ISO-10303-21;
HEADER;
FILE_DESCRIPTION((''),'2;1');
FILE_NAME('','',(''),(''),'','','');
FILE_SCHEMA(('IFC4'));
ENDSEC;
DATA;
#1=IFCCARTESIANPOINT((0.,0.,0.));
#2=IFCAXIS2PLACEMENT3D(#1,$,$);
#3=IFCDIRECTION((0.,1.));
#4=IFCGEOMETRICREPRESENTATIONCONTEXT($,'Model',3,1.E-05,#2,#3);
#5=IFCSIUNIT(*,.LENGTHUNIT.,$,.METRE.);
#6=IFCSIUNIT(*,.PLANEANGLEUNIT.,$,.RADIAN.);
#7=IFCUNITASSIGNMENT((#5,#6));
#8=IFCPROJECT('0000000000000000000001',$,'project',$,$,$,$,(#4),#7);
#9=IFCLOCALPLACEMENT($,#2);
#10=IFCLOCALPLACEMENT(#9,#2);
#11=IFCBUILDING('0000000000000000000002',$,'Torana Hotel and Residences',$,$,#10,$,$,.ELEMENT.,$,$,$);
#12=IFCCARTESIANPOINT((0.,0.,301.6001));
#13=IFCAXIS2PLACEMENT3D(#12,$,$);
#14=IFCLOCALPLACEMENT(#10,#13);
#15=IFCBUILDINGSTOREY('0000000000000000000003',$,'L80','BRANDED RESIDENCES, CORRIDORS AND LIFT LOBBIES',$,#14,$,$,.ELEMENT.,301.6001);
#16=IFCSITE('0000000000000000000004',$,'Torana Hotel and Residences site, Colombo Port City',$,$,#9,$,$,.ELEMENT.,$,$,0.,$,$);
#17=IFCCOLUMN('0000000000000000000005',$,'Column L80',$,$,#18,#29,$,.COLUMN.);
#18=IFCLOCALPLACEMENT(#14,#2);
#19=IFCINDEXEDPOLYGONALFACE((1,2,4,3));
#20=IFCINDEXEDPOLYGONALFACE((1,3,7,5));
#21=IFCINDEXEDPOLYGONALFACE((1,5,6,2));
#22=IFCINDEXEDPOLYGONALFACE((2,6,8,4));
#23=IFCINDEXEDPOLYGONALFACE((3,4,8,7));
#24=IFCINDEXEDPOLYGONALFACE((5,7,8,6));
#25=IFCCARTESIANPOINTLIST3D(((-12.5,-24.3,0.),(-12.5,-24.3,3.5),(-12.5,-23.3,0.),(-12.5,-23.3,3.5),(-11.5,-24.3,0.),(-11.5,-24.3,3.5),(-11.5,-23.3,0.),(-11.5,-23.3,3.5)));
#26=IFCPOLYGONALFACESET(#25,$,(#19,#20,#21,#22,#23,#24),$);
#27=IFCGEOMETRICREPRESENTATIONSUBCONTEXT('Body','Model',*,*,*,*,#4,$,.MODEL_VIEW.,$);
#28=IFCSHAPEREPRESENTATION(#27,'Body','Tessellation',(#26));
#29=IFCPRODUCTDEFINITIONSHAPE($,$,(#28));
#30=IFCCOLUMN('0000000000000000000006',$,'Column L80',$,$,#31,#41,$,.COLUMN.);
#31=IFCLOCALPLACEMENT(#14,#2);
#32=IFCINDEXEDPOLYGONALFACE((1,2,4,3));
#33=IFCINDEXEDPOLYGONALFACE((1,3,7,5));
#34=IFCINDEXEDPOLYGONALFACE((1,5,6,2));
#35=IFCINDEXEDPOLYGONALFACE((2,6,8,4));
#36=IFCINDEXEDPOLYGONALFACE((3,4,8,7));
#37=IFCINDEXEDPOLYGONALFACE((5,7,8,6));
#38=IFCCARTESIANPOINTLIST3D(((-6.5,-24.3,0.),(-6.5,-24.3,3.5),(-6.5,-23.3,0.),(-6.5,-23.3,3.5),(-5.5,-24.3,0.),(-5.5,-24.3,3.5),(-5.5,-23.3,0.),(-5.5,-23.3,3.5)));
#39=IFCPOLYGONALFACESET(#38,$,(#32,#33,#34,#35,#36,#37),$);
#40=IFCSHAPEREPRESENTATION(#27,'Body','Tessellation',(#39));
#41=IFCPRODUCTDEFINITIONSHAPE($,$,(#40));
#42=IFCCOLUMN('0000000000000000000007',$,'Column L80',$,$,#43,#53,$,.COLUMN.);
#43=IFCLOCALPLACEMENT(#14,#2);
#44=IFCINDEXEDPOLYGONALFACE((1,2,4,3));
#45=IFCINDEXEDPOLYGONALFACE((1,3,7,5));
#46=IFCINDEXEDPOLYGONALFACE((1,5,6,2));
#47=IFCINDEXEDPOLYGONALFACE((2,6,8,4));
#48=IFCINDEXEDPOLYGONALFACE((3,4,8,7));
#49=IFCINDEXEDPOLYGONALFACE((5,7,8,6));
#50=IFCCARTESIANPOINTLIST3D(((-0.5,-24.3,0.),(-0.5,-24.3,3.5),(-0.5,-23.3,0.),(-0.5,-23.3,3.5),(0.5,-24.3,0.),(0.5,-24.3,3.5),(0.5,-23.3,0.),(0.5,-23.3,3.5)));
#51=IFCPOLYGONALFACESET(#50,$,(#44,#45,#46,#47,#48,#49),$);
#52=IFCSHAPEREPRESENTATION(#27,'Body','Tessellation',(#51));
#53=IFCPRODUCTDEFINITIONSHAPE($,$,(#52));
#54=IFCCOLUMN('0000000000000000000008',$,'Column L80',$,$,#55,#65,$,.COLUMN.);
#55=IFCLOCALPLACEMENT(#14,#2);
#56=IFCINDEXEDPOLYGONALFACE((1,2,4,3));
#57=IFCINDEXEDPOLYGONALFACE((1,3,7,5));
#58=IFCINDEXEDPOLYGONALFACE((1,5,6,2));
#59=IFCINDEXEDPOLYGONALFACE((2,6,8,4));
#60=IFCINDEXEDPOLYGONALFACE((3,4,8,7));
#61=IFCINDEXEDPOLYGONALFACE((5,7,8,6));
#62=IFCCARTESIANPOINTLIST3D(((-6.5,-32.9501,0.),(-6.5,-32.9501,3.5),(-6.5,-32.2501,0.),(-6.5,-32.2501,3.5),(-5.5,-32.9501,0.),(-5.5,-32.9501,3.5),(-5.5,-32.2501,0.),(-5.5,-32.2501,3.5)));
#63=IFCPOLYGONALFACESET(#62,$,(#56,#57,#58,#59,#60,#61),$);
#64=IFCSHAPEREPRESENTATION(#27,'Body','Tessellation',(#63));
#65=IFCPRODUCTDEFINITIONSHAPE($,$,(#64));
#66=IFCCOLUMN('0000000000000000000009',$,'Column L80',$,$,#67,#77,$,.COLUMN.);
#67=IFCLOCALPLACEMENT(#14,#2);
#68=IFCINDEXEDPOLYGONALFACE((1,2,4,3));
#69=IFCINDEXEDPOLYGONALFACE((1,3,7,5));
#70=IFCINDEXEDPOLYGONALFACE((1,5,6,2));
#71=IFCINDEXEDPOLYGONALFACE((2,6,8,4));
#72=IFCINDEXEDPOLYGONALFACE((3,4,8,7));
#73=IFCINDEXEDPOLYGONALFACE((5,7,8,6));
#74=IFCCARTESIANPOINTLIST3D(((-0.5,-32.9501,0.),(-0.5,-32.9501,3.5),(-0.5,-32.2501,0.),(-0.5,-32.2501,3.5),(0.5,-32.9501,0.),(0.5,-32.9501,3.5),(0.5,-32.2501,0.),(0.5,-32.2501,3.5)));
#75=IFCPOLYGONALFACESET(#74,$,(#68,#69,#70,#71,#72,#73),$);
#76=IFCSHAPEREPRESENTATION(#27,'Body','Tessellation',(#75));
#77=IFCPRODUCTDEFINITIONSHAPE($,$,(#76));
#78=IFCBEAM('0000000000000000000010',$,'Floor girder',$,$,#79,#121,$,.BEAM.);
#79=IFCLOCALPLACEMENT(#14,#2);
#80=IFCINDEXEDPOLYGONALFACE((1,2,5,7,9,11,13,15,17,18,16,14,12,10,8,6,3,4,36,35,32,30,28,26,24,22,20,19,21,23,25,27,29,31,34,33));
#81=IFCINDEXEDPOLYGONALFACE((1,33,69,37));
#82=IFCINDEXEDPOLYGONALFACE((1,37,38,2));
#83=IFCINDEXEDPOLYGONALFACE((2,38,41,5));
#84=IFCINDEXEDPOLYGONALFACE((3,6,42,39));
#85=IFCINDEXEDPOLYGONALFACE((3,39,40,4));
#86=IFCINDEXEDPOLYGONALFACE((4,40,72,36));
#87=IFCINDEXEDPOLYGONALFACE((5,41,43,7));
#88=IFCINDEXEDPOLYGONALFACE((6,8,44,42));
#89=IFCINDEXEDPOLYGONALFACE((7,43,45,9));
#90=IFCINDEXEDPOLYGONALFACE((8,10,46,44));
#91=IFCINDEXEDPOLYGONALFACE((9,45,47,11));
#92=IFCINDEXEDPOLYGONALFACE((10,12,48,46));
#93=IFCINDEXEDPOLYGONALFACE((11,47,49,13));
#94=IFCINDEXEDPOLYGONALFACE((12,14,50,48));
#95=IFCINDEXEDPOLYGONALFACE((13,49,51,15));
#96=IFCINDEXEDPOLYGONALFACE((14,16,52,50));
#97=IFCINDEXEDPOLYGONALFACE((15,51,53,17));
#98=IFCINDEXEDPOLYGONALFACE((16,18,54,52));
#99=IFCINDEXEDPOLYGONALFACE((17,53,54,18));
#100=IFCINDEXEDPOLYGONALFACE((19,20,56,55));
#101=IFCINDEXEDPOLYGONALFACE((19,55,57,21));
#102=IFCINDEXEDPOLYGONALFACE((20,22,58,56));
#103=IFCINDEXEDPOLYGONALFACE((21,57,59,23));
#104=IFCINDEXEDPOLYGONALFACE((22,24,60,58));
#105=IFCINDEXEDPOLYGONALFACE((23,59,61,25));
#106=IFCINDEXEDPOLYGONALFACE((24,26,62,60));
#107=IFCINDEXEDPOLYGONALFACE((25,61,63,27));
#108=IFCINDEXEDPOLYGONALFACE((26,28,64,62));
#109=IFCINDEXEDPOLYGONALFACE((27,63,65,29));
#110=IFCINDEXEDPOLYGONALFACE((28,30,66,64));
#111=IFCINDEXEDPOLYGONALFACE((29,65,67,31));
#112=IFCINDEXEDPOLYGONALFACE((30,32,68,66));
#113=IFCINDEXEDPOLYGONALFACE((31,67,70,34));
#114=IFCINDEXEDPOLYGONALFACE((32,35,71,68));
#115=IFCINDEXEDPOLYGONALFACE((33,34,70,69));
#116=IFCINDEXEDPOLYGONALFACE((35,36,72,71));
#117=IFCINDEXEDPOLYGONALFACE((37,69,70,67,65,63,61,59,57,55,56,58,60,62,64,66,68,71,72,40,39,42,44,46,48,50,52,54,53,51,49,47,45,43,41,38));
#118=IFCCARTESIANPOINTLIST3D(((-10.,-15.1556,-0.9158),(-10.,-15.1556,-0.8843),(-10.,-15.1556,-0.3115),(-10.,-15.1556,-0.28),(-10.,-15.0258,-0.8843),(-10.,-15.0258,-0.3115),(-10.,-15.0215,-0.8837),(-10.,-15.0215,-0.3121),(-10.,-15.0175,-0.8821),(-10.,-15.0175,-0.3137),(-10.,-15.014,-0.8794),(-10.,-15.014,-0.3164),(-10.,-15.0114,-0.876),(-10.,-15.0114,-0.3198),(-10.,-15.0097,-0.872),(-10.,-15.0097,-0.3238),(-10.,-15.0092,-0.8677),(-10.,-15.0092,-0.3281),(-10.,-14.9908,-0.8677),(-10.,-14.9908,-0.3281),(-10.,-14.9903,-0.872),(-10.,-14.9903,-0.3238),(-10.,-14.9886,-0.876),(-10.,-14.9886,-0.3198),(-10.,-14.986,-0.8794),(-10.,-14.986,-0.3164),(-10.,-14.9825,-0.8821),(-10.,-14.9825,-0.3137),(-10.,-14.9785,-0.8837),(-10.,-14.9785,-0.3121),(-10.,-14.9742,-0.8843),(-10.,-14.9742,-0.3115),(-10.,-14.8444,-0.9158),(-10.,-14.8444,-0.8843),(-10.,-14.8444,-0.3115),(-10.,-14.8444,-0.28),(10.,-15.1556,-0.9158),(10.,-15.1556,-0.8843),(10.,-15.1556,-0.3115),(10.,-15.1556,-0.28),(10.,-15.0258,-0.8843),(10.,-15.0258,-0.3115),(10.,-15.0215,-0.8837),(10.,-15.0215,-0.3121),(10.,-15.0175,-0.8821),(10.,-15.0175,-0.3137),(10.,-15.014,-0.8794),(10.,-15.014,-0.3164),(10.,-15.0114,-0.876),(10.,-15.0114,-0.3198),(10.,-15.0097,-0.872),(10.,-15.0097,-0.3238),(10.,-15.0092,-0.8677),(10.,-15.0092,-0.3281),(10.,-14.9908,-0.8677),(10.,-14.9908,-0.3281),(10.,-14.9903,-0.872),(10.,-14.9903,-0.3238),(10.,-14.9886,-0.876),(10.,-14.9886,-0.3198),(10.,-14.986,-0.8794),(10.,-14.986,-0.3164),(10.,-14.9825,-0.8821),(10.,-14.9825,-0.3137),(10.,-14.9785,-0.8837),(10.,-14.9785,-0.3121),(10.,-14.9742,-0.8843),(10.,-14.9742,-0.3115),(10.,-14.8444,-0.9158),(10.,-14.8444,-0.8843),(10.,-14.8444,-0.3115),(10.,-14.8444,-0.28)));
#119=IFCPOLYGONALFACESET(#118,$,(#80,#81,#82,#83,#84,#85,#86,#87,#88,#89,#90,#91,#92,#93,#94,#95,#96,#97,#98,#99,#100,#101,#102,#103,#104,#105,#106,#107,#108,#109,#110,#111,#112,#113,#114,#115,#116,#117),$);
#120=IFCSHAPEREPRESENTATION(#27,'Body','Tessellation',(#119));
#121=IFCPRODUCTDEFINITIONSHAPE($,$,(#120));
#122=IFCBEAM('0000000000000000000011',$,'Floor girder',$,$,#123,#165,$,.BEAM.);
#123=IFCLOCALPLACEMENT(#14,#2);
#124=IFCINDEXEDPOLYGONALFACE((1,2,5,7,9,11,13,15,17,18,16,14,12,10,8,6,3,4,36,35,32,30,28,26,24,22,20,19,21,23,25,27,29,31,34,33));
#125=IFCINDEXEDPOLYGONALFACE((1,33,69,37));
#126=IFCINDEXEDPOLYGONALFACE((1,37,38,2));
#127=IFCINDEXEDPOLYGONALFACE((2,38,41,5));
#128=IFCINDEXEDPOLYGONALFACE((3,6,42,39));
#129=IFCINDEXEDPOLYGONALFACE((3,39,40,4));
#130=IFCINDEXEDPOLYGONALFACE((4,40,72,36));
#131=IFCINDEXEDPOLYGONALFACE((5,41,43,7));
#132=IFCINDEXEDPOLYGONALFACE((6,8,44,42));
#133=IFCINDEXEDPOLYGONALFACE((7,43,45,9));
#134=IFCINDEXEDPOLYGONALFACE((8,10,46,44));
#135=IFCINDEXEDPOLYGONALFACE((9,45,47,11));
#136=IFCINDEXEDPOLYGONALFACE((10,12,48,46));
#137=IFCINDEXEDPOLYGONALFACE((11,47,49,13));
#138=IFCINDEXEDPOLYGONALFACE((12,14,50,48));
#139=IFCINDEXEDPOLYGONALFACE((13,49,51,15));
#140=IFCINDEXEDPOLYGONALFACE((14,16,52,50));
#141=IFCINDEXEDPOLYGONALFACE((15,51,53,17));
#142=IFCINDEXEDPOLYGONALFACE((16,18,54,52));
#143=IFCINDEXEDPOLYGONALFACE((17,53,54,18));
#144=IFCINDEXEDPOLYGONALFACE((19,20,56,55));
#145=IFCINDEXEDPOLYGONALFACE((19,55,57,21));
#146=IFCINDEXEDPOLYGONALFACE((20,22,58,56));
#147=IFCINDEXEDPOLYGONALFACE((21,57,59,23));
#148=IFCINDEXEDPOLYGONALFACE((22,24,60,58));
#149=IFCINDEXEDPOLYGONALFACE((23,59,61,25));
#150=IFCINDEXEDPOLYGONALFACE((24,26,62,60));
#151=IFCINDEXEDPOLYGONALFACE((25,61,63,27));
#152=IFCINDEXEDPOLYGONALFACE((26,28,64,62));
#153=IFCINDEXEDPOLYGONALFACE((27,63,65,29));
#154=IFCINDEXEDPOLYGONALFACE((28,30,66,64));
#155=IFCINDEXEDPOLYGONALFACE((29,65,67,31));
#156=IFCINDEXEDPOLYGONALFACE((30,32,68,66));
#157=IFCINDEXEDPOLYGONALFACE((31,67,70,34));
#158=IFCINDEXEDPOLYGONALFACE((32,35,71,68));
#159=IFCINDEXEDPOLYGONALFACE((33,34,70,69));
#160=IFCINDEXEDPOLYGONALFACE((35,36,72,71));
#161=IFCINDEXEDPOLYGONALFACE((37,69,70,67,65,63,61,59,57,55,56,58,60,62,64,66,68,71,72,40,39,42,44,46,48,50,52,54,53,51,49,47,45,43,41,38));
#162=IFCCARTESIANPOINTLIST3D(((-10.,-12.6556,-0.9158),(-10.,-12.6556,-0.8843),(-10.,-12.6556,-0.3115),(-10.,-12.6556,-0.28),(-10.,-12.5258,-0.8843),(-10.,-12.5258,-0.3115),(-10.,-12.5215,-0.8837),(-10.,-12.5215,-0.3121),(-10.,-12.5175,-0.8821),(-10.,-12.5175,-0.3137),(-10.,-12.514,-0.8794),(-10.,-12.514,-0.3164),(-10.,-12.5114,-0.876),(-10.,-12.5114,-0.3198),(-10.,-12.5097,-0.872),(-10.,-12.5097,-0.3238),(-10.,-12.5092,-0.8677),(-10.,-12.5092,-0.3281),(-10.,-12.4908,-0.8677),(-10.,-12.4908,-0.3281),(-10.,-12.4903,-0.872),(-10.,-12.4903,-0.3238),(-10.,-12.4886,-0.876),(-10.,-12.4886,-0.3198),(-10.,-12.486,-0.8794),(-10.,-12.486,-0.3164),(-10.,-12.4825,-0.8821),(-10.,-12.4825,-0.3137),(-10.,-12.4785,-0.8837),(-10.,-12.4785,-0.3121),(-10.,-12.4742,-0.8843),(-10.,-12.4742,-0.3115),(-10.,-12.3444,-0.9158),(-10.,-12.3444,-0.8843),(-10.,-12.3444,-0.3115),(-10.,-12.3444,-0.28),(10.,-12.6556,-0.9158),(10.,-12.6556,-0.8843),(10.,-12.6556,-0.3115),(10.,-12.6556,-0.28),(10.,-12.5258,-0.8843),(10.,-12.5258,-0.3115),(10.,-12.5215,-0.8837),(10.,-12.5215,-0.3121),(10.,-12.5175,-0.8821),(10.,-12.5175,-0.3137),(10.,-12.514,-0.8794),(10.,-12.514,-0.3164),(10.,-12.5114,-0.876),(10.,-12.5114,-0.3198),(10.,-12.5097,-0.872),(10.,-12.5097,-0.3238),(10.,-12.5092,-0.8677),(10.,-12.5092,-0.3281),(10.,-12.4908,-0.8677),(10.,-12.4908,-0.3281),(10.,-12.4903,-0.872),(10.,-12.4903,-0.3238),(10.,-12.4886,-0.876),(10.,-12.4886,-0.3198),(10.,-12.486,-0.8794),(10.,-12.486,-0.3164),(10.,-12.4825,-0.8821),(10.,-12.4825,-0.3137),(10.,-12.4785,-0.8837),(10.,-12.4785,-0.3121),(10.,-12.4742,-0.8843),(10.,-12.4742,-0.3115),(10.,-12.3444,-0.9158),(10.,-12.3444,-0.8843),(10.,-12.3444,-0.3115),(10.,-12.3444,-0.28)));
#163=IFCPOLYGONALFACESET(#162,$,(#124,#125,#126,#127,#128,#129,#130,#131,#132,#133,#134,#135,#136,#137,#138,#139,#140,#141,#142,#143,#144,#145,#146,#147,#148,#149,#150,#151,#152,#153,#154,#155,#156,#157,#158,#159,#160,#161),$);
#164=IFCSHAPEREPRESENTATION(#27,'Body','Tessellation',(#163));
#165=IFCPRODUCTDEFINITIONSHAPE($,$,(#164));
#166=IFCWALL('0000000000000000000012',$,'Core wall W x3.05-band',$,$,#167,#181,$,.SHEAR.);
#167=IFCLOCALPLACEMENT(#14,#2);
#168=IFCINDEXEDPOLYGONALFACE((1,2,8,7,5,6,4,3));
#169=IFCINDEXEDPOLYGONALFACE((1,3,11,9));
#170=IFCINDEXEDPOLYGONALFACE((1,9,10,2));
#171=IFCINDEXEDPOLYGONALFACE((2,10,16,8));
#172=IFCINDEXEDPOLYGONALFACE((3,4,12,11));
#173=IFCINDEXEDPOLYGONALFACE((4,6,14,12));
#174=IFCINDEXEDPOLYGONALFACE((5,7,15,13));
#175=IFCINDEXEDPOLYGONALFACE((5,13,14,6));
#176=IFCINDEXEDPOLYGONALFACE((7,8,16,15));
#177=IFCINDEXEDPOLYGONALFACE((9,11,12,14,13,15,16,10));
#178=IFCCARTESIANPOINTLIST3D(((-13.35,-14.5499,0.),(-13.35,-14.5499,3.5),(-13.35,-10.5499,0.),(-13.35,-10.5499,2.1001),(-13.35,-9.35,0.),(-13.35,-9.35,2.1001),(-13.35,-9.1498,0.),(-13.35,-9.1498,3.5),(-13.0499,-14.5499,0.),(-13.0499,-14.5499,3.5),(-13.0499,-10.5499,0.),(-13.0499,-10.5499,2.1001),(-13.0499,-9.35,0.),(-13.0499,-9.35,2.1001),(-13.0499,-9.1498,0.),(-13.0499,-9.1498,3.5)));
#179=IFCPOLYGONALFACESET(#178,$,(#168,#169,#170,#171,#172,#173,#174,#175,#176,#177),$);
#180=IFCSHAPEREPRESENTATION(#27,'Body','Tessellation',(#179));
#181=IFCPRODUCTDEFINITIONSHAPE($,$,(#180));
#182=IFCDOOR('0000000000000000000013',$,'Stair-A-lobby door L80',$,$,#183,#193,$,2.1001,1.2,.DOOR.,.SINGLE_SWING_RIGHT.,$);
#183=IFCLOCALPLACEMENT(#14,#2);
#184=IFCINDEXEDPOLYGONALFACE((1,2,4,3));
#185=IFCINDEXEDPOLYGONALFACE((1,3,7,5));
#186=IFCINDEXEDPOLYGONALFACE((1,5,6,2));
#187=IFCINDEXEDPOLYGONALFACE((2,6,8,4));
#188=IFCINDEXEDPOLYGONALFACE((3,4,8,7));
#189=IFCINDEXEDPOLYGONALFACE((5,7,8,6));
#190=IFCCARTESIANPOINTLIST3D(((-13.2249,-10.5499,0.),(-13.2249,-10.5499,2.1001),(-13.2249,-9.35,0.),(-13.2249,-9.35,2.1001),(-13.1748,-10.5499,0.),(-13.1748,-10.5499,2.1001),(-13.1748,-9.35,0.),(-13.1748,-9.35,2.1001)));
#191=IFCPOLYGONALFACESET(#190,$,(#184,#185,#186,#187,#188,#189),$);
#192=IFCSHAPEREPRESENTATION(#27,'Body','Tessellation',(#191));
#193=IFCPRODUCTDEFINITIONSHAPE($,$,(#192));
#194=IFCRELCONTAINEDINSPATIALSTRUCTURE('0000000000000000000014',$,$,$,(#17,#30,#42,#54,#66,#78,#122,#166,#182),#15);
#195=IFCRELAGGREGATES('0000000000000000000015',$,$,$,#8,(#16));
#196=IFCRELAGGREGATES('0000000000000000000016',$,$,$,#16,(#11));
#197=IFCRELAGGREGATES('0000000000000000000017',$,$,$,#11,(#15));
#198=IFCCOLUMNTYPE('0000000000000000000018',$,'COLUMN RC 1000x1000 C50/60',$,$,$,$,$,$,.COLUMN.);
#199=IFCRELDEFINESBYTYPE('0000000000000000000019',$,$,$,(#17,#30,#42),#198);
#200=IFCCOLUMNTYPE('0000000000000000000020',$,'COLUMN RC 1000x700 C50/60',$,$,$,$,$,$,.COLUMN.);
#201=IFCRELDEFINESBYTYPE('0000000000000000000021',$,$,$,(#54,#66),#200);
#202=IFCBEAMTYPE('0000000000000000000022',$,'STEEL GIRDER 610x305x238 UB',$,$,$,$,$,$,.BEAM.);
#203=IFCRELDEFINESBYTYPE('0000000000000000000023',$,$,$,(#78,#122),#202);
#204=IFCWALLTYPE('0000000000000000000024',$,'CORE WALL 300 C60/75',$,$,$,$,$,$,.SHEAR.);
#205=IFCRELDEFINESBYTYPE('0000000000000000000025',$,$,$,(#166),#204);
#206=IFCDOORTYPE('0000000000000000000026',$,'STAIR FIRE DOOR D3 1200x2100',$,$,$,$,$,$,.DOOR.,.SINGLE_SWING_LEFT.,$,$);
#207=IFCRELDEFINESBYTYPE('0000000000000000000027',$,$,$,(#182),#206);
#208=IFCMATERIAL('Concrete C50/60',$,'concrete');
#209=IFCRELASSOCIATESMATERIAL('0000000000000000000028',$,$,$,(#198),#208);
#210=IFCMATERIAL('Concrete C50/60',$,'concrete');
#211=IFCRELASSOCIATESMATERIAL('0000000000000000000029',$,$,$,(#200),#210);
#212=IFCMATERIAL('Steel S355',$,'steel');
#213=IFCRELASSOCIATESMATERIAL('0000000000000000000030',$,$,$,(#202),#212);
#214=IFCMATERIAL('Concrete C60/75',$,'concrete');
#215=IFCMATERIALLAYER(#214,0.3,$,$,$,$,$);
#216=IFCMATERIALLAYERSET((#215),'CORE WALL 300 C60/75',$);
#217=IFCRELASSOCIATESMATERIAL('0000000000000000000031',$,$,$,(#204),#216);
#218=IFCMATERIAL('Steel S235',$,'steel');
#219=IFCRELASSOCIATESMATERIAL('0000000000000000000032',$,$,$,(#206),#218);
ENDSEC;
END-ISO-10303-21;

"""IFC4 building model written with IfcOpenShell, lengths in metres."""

from ifc_helpers import new_model, si_unit, direction, frame, frame_2d, origin, origin_2d, place, context, subcontext, project, spatial, rectangle, i_section, extrude, material, layer, layer_set, material_profile, profile_set, type_object, element, fill, save


model = new_model("IFC4")

# Units and contexts
model_context = context("Model", 3, precision=1e-05, world=origin(), true_north=direction((0.0, 1.0)))
body_context = subcontext(model_context, "Body", "Model", "MODEL_VIEW")
ifc_project = project(units=[si_unit("LENGTHUNIT", "METRE"), si_unit("PLANEANGLEUNIT", "RADIAN")], contexts=[model_context])

# Site, building, storey
site_placement = place(None, origin())
site = spatial("IfcSite", under=ifc_project, at=site_placement, Name="Torana Hotel and Residences site, Colombo Port City", CompositionType="ELEMENT", RefElevation=0.0)
building_placement = place(site_placement, origin())
building = spatial("IfcBuilding", under=site, at=building_placement, Name="Torana Hotel and Residences", CompositionType="ELEMENT")
storey_placement = place(building_placement, frame((0.0, 0.0, 301.6001)))
storey = spatial("IfcBuildingStorey", under=building, at=storey_placement, Name="L80", Description="BRANDED RESIDENCES, CORRIDORS AND LIFT LOBBIES", CompositionType="ELEMENT", Elevation=301.6001)

# Columns
ifc_material_1 = material(Name="Concrete C50/60", Category="concrete")
ifc_material_profile_1 = material_profile(ifc_material_1, rectangle(XDim=1.0, YDim=1.0, at=origin_2d()), Name="RC 1000x1000")
ifc_profile_set_1 = profile_set([ifc_material_profile_1], Name="Concrete C50/60")
column_type_1 = type_object("IfcColumnType", Name="COLUMN RC 1000x1000 C50/60", PredefinedType="COLUMN", material=ifc_profile_set_1)
for number, where, z_axis, x_axis, name in (
    (1, (-12.0, -23.8, 0.0), (0.0, 0.0, 1.0), (1.0, 0.0, 0.0), "Column L80"),
    (2, (-6.0, -23.8, 0.0), (0.0, 0.0, 1.0), (1.0, 0.0, 0.0), "Column L80"),
    (3, (0.0, -23.8, 0.0), (0.0, 0.0, 1.0), (1.0, 0.0, 0.0), "Column L80"),
):
    element("IfcColumn", number, at=place(storey_placement, frame(where, z_axis=z_axis, x_axis=x_axis)), inside=storey, type_object=column_type_1, Name=name, PredefinedType="COLUMN", context=body_context, shape_type="SweptSolid", body=[
        extrude(rectangle(XDim=1.0, YDim=1.0, at=origin_2d()), origin(), (0.0, 0.0, 1.0), 3.5),
    ])
ifc_material_2 = material(Name="Concrete C50/60", Category="concrete")
ifc_material_profile_2 = material_profile(ifc_material_2, rectangle(XDim=1.0, YDim=0.7, at=origin_2d()), Name="RC 1000x700")
ifc_profile_set_2 = profile_set([ifc_material_profile_2], Name="Concrete C50/60")
column_type_2 = type_object("IfcColumnType", Name="COLUMN RC 1000x700 C50/60", PredefinedType="COLUMN", material=ifc_profile_set_2)
for number, where, z_axis, x_axis, name in (
    (4, (-6.0, -32.6001, 0.0), (0.0, 0.0, 1.0), (1.0, 0.0, 0.0), "Column L80"),
    (5, (0.0, -32.6001, 0.0), (0.0, 0.0, 1.0), (1.0, 0.0, 0.0), "Column L80"),
):
    element("IfcColumn", number, at=place(storey_placement, frame(where, z_axis=z_axis, x_axis=x_axis)), inside=storey, type_object=column_type_2, Name=name, PredefinedType="COLUMN", context=body_context, shape_type="SweptSolid", body=[
        extrude(rectangle(XDim=1.0, YDim=0.7, at=origin_2d()), origin(), (0.0, 0.0, 1.0), 3.5),
    ])

# Beams
ifc_material_3 = material(Name="Steel S355", Category="steel")
ifc_material_profile_3 = material_profile(ifc_material_3, i_section(OverallWidth=0.3113, OverallDepth=0.6357, WebThickness=0.0183, FlangeThickness=0.0315, FilletRadius=0.0166, at=origin_2d()), Name="610x305x238 UB")
ifc_profile_set_3 = profile_set([ifc_material_profile_3], Name="Steel S355")
beam_type = type_object("IfcBeamType", Name="STEEL GIRDER 610x305x238 UB", PredefinedType="BEAM", material=ifc_profile_set_3)
for number, where, z_axis, x_axis, name in (
    (6, (-10.0, -15.0, -0.5979), (1.0, 0.0, 0.0), (0.0, 1.0, 0.0), "Floor girder"),
    (7, (-10.0, -12.5, -0.5979), (1.0, 0.0, 0.0), (0.0, 1.0, 0.0), "Floor girder"),
):
    element("IfcBeam", number, at=place(storey_placement, frame(where, z_axis=z_axis, x_axis=x_axis)), inside=storey, type_object=beam_type, Name=name, PredefinedType="BEAM", context=body_context, shape_type="SweptSolid", body=[
        extrude(i_section(OverallWidth=0.3113, OverallDepth=0.6357, WebThickness=0.0183, FlangeThickness=0.0315, FilletRadius=0.0166, at=origin_2d()), origin(), (0.0, 0.0, 1.0), 20.0),
    ])

# Wall, opening, door
ifc_material_4 = material(Name="Concrete C60/75", Category="concrete")
ifc_layer_1 = layer(ifc_material_4, 0.3)
ifc_layer_set_1 = layer_set([ifc_layer_1], Name="CORE WALL 300 C60/75")
wall_type_1 = type_object("IfcWallType", Name="CORE WALL 300 C60/75", PredefinedType="SHEAR", material=ifc_layer_set_1)
wall_1_placement = place(storey_placement, frame((-13.2, -14.55, 0.0), z_axis=(0.0, 0.0, 1.0), x_axis=(0.0, 1.0, 0.0)))
wall_1 = element("IfcWall", 8, at=wall_1_placement, inside=storey, type_object=wall_type_1, Name="Core wall W x3.05-band", PredefinedType="SHEAR", context=body_context, shape_type="SweptSolid", body=[
    extrude(rectangle(XDim=5.4001, YDim=0.3, at=frame_2d((2.7002, 0.0))), origin(), (0.0, 0.0, 1.0), 3.5),
])
opening_1_placement = place(wall_1_placement, frame((4.0, 0.0, 0.0)))
opening_1 = element("IfcOpeningElement", 9, at=opening_1_placement, cuts=wall_1, PredefinedType="OPENING", context=body_context, shape_type="SweptSolid", body=[
    extrude(rectangle(XDim=1.2, YDim=2.1001, at=frame_2d((0.6001, 1.05))), frame((0.0, 0.1599, 0.0), z_axis=(0.0, -1.0, 0.0), x_axis=(1.0, 0.0, 0.0)), (0.0, 0.0, 1.0), 0.3201),
])
ifc_material_5 = material(Name="Steel S235", Category="steel")
door_type_1 = type_object("IfcDoorType", Name="STAIR FIRE DOOR D3 1200x2100", OperationType="SINGLE_SWING_LEFT", PredefinedType="DOOR", material=ifc_material_5)
door_1_placement = place(opening_1_placement, frame((0.6001, 0.0, 0.0), z_axis=(0.0, 0.0, 1.0), x_axis=(-1.0, 0.0, 0.0)))
door_1 = element("IfcDoor", 10, at=door_1_placement, inside=storey, type_object=door_type_1, Name="Stair-A-lobby door L80", OperationType="SINGLE_SWING_RIGHT", OverallHeight=2.1001, OverallWidth=1.2, PredefinedType="DOOR", context=body_context, shape_type="SweptSolid", body=[
    extrude(rectangle(XDim=1.2, YDim=2.1001, at=frame_2d((0.0, 1.05))), frame((0.0, -0.0249, 0.0), z_axis=(0.0, 1.0, 0.0), x_axis=(-1.0, 0.0, 0.0)), (0.0, 0.0, 1.0), 0.05),
])
fill(opening_1, door_1)

save(model, "model.ifc")
